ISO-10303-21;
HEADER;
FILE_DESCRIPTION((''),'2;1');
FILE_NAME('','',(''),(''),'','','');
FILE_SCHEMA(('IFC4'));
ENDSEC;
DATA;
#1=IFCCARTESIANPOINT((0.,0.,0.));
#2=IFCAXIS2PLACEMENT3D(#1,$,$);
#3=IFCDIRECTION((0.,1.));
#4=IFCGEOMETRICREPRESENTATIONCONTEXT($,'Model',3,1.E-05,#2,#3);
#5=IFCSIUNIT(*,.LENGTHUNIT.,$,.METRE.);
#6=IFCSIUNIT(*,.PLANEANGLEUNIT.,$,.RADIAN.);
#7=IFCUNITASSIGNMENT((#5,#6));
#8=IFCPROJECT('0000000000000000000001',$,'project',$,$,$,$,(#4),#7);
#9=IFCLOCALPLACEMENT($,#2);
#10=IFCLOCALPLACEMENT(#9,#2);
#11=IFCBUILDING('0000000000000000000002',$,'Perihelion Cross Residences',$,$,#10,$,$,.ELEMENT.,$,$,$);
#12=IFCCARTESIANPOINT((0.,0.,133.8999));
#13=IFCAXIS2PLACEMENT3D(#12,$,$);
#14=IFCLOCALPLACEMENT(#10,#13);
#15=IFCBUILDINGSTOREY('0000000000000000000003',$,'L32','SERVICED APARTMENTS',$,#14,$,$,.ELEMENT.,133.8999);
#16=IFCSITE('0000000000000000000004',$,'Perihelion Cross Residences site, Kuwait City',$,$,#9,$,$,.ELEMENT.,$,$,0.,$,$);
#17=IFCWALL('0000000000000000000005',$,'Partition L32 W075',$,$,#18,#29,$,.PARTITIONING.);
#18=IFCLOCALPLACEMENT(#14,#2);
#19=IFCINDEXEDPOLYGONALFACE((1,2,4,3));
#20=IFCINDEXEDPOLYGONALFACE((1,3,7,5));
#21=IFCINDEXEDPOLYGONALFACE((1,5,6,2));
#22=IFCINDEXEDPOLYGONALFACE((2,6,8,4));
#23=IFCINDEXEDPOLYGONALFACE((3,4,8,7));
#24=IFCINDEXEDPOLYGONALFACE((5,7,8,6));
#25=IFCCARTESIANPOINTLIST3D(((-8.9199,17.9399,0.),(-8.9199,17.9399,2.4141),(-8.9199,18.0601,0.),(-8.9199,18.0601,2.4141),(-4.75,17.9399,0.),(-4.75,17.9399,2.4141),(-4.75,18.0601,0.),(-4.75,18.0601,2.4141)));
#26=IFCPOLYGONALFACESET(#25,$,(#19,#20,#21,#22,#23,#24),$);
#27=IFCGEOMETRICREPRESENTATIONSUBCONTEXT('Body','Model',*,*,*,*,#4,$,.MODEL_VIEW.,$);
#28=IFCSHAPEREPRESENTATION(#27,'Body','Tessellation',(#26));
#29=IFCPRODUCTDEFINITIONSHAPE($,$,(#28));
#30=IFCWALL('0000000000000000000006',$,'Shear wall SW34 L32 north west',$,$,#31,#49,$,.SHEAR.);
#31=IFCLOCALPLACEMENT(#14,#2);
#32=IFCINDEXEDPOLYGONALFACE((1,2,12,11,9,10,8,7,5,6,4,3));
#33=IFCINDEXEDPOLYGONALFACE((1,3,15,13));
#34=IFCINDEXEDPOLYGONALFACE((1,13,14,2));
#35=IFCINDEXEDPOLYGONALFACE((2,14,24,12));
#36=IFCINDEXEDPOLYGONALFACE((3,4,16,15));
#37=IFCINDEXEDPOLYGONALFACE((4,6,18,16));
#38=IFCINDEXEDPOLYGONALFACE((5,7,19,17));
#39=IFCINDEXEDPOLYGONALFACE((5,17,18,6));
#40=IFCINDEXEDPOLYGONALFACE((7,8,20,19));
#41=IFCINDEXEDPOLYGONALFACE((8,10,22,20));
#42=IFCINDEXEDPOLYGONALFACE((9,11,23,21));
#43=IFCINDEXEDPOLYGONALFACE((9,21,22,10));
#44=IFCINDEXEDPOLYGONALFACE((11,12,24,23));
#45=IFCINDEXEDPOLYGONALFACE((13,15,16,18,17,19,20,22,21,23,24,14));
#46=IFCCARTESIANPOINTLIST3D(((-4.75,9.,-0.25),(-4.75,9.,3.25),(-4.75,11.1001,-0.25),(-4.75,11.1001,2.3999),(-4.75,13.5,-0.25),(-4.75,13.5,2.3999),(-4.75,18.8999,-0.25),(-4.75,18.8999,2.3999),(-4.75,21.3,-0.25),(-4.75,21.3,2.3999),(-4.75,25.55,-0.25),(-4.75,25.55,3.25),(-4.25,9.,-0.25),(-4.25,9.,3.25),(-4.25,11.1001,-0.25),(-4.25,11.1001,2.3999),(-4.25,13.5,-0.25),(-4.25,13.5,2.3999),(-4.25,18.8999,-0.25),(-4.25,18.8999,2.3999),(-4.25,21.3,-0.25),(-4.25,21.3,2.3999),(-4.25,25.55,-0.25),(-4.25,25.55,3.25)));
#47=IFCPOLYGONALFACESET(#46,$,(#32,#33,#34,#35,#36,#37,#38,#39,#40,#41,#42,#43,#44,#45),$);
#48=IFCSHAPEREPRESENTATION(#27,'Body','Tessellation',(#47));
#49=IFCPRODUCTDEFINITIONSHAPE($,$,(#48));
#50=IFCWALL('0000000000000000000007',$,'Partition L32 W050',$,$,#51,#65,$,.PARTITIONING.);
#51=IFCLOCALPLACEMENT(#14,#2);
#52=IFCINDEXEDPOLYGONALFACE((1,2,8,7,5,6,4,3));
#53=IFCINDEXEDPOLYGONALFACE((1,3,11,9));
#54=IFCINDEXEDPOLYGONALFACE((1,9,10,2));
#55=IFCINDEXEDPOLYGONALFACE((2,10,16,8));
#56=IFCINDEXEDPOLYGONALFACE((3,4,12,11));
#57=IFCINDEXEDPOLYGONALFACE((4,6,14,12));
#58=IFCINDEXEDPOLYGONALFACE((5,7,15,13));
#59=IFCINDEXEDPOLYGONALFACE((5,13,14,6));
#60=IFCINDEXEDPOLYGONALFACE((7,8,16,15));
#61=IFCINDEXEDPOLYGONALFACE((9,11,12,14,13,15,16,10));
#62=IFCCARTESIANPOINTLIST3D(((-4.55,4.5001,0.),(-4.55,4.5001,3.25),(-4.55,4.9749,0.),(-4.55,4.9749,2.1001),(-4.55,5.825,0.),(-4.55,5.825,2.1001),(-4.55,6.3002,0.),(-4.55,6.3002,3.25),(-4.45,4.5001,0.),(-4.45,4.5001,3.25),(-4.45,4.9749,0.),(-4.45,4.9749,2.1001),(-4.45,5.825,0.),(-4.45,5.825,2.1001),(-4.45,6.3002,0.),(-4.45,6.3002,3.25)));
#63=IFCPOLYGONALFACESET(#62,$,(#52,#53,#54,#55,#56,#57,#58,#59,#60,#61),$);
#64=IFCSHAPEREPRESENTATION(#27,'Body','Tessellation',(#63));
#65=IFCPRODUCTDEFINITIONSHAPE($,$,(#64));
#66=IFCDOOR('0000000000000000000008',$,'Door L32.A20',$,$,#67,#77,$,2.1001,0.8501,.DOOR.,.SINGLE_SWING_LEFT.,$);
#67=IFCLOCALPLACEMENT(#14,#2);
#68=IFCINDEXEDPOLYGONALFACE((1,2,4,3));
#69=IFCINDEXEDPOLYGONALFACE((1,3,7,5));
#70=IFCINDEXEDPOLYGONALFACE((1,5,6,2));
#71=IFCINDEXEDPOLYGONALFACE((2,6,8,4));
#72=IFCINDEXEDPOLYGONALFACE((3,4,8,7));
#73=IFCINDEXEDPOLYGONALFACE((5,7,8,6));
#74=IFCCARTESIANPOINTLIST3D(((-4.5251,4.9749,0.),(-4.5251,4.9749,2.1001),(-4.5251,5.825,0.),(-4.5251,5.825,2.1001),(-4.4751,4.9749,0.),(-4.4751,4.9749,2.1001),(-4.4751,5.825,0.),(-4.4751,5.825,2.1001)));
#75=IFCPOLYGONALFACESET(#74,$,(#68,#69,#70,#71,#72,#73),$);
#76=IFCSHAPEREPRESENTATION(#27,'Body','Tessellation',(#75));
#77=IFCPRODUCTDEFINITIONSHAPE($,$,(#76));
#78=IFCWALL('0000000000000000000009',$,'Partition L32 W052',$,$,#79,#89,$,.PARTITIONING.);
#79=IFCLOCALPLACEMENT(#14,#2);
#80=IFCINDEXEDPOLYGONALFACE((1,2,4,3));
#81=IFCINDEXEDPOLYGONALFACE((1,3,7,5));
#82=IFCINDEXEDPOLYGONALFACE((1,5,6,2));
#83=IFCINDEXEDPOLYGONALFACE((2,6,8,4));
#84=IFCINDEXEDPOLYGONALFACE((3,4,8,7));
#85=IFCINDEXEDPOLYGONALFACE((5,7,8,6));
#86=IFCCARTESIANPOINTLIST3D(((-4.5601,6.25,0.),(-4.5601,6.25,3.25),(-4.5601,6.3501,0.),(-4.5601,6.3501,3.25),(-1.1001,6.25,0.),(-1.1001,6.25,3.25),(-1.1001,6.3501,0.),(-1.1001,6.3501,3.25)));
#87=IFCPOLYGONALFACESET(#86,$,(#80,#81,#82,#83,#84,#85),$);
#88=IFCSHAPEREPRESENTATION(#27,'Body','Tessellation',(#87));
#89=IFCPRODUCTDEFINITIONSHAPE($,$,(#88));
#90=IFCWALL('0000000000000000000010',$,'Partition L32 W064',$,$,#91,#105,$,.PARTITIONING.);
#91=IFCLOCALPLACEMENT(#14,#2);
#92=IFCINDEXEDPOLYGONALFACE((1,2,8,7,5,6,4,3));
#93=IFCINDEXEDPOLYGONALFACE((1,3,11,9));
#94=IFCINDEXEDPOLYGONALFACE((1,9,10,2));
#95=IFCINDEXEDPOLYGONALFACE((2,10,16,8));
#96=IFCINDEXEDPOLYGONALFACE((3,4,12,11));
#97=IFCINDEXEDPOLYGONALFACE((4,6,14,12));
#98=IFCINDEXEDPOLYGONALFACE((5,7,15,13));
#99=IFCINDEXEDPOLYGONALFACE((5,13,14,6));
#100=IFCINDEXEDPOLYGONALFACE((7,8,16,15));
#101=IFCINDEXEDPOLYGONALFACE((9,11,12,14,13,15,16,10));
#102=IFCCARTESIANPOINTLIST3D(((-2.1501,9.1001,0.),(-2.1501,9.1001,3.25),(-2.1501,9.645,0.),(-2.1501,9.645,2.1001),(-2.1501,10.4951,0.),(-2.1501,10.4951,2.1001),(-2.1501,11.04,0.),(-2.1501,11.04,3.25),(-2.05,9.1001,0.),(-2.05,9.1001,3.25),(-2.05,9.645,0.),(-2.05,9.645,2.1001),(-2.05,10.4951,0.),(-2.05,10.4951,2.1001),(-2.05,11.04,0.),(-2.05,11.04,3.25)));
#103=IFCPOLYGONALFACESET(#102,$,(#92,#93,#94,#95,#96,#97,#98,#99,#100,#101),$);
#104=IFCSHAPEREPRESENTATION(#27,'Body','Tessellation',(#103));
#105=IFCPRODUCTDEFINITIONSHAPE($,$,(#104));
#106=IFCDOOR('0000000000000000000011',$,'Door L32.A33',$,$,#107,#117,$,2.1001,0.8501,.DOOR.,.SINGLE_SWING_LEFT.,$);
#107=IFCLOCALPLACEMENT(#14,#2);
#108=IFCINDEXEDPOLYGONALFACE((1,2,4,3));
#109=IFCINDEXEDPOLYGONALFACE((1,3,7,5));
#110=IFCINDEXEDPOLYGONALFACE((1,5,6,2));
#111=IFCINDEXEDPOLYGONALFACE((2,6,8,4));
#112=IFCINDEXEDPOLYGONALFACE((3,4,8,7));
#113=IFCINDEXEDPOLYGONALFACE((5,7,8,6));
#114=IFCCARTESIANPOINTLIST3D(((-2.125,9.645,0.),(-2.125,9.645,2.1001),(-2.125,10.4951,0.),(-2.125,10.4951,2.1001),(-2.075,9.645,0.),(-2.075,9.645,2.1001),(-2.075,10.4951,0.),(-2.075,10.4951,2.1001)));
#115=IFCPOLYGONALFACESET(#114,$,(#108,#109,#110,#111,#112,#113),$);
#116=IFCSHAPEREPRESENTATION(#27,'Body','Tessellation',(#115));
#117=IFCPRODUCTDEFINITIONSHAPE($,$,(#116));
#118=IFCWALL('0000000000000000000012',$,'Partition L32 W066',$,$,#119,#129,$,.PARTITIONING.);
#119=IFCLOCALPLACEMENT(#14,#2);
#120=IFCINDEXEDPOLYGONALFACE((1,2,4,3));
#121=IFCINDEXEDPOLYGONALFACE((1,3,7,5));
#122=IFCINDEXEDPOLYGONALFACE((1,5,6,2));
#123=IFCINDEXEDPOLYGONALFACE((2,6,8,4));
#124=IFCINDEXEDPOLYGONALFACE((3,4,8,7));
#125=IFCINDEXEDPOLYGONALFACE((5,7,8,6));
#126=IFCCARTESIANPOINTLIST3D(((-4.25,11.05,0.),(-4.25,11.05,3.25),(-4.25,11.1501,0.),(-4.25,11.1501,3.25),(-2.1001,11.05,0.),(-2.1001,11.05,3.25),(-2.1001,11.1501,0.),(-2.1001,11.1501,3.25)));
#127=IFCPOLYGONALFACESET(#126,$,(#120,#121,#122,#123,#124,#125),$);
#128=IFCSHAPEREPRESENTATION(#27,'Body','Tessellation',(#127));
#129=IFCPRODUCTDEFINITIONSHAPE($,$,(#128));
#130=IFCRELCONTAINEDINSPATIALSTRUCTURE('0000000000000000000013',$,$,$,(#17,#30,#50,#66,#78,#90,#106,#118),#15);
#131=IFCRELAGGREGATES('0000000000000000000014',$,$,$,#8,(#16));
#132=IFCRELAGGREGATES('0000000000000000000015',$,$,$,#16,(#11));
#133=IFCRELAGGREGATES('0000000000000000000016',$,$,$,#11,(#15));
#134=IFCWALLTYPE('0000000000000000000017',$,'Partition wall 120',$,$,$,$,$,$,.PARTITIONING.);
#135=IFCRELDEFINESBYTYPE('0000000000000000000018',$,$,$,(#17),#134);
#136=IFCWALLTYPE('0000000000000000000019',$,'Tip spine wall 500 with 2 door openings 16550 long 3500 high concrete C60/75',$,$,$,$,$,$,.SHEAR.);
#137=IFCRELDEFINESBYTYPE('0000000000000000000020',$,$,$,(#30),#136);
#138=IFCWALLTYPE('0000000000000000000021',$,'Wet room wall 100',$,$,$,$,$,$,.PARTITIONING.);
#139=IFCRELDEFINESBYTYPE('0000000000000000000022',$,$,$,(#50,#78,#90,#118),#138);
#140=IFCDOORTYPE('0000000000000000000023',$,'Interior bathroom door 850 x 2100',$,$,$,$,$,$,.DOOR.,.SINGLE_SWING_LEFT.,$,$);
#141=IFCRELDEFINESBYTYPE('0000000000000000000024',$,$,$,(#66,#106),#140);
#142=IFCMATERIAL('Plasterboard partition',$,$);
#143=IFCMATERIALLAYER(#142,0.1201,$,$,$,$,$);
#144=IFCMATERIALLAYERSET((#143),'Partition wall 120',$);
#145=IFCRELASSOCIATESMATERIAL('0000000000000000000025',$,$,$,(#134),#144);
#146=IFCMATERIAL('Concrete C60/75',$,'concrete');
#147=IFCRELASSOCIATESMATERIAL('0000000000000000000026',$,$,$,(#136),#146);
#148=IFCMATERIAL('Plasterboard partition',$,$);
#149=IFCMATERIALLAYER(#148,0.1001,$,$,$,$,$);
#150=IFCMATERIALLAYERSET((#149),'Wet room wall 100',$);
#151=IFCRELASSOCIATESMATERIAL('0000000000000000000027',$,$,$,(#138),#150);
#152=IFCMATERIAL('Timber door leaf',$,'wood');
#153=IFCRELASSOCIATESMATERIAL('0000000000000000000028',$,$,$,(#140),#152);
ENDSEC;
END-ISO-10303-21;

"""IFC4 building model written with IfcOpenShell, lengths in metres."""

from ifc_helpers import new_model, si_unit, direction, frame, frame_2d, origin, place, context, subcontext, project, spatial, polyline, rectangle, outline, extrude, material, layer, layer_set, material_profile, profile_set, type_object, element, fill, save


model = new_model("IFC4")

# Units and contexts
model_context = context("Model", 3, precision=1e-05, world=origin(), true_north=direction((0.0, 1.0)))
body_context = subcontext(model_context, "Body", "Model", "MODEL_VIEW")
ifc_project = project(units=[si_unit("LENGTHUNIT", "METRE"), si_unit("PLANEANGLEUNIT", "RADIAN")], contexts=[model_context])

# Site, building, storey
site_placement = place(None, origin())
site = spatial("IfcSite", under=ifc_project, at=site_placement, Name="Perihelion Cross Residences site, Kuwait City", CompositionType="ELEMENT", RefElevation=0.0)
building_placement = place(site_placement, origin())
building = spatial("IfcBuilding", under=site, at=building_placement, Name="Perihelion Cross Residences", CompositionType="ELEMENT")
storey_placement = place(building_placement, frame((0.0, 0.0, 133.8999)))
storey = spatial("IfcBuildingStorey", under=building, at=storey_placement, Name="L32", Description="SERVICED APARTMENTS", CompositionType="ELEMENT", Elevation=133.8999)

# Shared definitions
ifc_material_1 = material(Name="Plasterboard partition")
ifc_layer_1 = layer(ifc_material_1, 0.1201)
ifc_layer_set_1 = layer_set([ifc_layer_1], Name="Partition wall 120")
wall_type_1 = type_object("IfcWallType", Name="Partition wall 120", PredefinedType="PARTITIONING", material=ifc_layer_set_1)

# Walls
wall_1_placement = place(storey_placement, frame((-8.9199, 18.0, 0.0), z_axis=(0.0, 0.0, 1.0), x_axis=(1.0, 0.0, 0.0)))
element("IfcWall", 1, at=wall_1_placement, inside=storey, type_object=wall_type_1, Name="Partition L32 W075", PredefinedType="PARTITIONING", context=body_context, shape_type="SweptSolid", body=[
    extrude(rectangle(XDim=4.1699, YDim=0.1201, at=frame_2d((2.085, 0.0))), origin(), (0.0, 0.0, 1.0), 2.4141),
])
ifc_material_2 = material(Name="Concrete C60/75", Category="concrete")
ifc_material_profile_1 = material_profile(ifc_material_2, outline(polyline([(0.0, 0.0), (2.1001, 0.0), (2.1001, 2.6499), (4.5, 2.6499), (4.5, 0.0), (9.8999, 0.0), (9.8999, 2.6499), (12.3, 2.6499), (12.3, 0.0), (16.55, 0.0), (16.55, 3.5), (0.0, 3.5), (0.0, 0.0)])), Name="Tip spine wall")
ifc_profile_set_1 = profile_set([ifc_material_profile_1], Name="Concrete C60/75")
wall_type_2 = type_object("IfcWallType", Name="Tip spine wall 500 with 2 door openings 16550 long 3500 high concrete C60/75", PredefinedType="SHEAR", material=ifc_profile_set_1)
wall_2_placement = place(storey_placement, frame((-4.75, 9.0, -0.25), z_axis=(1.0, 0.0, 0.0), x_axis=(0.0, 1.0, 0.0)))
element("IfcWall", 2, at=wall_2_placement, inside=storey, type_object=wall_type_2, Name="Shear wall SW34 L32 north west", PredefinedType="SHEAR", context=body_context, shape_type="SweptSolid", body=[
    extrude(outline(polyline([(0.0, 0.0), (2.1001, 0.0), (2.1001, 2.6499), (4.5, 2.6499), (4.5, 0.0), (9.8999, 0.0), (9.8999, 2.6499), (12.3, 2.6499), (12.3, 0.0), (16.55, 0.0), (16.55, 3.5), (0.0, 3.5), (0.0, 0.0)])), origin(), (0.0, 0.0, 1.0), 0.5),
])

# Wall, opening, door
ifc_material_3 = material(Name="Plasterboard partition")
ifc_layer_2 = layer(ifc_material_3, 0.1001)
ifc_layer_set_2 = layer_set([ifc_layer_2], Name="Wet room wall 100")
wall_type_3 = type_object("IfcWallType", Name="Wet room wall 100", PredefinedType="PARTITIONING", material=ifc_layer_set_2)
wall_3_placement = place(storey_placement, frame((-4.5, 6.3, 0.0), z_axis=(0.0, 0.0, 1.0), x_axis=(0.0, -1.0, 0.0)))
wall_3 = element("IfcWall", 3, at=wall_3_placement, inside=storey, type_object=wall_type_3, Name="Partition L32 W050", PredefinedType="PARTITIONING", context=body_context, shape_type="SweptSolid", body=[
    extrude(rectangle(XDim=1.8, YDim=0.1001, at=frame_2d((0.8999, 0.0))), origin(), (0.0, 0.0, 1.0), 3.25),
])
opening_1_placement = place(wall_3_placement, frame((0.4751, 0.0, 0.0)))
opening_1 = element("IfcOpeningElement", 4, at=opening_1_placement, cuts=wall_3, PredefinedType="OPENING", context=body_context, shape_type="SweptSolid", body=[
    extrude(rectangle(XDim=0.8501, YDim=2.1001, at=frame_2d((0.425, 1.05))), frame((0.0, 0.0601, 0.0), z_axis=(0.0, -1.0, 0.0), x_axis=(1.0, 0.0, 0.0)), (0.0, 0.0, 1.0), 0.1201),
])
ifc_material_4 = material(Name="Timber door leaf", Category="wood")
door_type_1 = type_object("IfcDoorType", Name="Interior bathroom door 850 x 2100", OperationType="SINGLE_SWING_LEFT", PredefinedType="DOOR", material=ifc_material_4)
door_1_placement = place(opening_1_placement, origin())
door_1 = element("IfcDoor", 5, at=door_1_placement, inside=storey, type_object=door_type_1, Name="Door L32.A20", OperationType="SINGLE_SWING_LEFT", OverallHeight=2.1001, OverallWidth=0.8501, PredefinedType="DOOR", context=body_context, shape_type="SweptSolid", body=[
    extrude(rectangle(XDim=0.8501, YDim=2.1001, at=frame_2d((0.425, 1.05))), frame((0.0, 0.0249, 0.0), z_axis=(0.0, -1.0, 0.0), x_axis=(1.0, 0.0, 0.0)), (0.0, 0.0, 1.0), 0.05),
])
fill(opening_1, door_1)

# Wall
wall_4_placement = place(storey_placement, frame((-4.5601, 6.3, 0.0), z_axis=(0.0, 0.0, 1.0), x_axis=(1.0, 0.0, 0.0)))
element("IfcWall", 6, at=wall_4_placement, inside=storey, type_object=wall_type_3, Name="Partition L32 W052", PredefinedType="PARTITIONING", context=body_context, shape_type="SweptSolid", body=[
    extrude(rectangle(XDim=3.46, YDim=0.1001, at=frame_2d((1.73, 0.0))), origin(), (0.0, 0.0, 1.0), 3.25),
])

# Wall, opening, door
wall_5_placement = place(storey_placement, frame((-2.1001, 9.1001, 0.0), z_axis=(0.0, 0.0, 1.0), x_axis=(0.0, 1.0, 0.0)))
wall_5 = element("IfcWall", 7, at=wall_5_placement, inside=storey, type_object=wall_type_3, Name="Partition L32 W064", PredefinedType="PARTITIONING", context=body_context, shape_type="SweptSolid", body=[
    extrude(rectangle(XDim=1.9399, YDim=0.1001, at=frame_2d((0.97, 0.0))), origin(), (0.0, 0.0, 1.0), 3.25),
])
opening_2_placement = place(wall_5_placement, frame((0.5449, 0.0, 0.0)))
opening_2 = element("IfcOpeningElement", 8, at=opening_2_placement, cuts=wall_5, PredefinedType="OPENING", context=body_context, shape_type="SweptSolid", body=[
    extrude(rectangle(XDim=0.8501, YDim=2.1001, at=frame_2d((0.425, 1.05))), frame((0.0, 0.0601, 0.0), z_axis=(0.0, -1.0, 0.0), x_axis=(1.0, 0.0, 0.0)), (0.0, 0.0, 1.0), 0.1201),
])
door_2_placement = place(opening_2_placement, origin())
door_2 = element("IfcDoor", 9, at=door_2_placement, inside=storey, type_object=door_type_1, Name="Door L32.A33", OperationType="SINGLE_SWING_LEFT", OverallHeight=2.1001, OverallWidth=0.8501, PredefinedType="DOOR", context=body_context, shape_type="SweptSolid", body=[
    extrude(rectangle(XDim=0.8501, YDim=2.1001, at=frame_2d((0.425, 1.05))), frame((0.0, 0.0249, 0.0), z_axis=(0.0, -1.0, 0.0), x_axis=(1.0, 0.0, 0.0)), (0.0, 0.0, 1.0), 0.05),
])
fill(opening_2, door_2)

# Wall
wall_6_placement = place(storey_placement, frame((-4.25, 11.1001, 0.0), z_axis=(0.0, 0.0, 1.0), x_axis=(1.0, 0.0, 0.0)))
element("IfcWall", 10, at=wall_6_placement, inside=storey, type_object=wall_type_3, Name="Partition L32 W066", PredefinedType="PARTITIONING", context=body_context, shape_type="SweptSolid", body=[
    extrude(rectangle(XDim=2.1499, YDim=0.1001, at=frame_2d((1.075, 0.0))), origin(), (0.0, 0.0, 1.0), 3.25),
])

save(model, "model.ifc")
